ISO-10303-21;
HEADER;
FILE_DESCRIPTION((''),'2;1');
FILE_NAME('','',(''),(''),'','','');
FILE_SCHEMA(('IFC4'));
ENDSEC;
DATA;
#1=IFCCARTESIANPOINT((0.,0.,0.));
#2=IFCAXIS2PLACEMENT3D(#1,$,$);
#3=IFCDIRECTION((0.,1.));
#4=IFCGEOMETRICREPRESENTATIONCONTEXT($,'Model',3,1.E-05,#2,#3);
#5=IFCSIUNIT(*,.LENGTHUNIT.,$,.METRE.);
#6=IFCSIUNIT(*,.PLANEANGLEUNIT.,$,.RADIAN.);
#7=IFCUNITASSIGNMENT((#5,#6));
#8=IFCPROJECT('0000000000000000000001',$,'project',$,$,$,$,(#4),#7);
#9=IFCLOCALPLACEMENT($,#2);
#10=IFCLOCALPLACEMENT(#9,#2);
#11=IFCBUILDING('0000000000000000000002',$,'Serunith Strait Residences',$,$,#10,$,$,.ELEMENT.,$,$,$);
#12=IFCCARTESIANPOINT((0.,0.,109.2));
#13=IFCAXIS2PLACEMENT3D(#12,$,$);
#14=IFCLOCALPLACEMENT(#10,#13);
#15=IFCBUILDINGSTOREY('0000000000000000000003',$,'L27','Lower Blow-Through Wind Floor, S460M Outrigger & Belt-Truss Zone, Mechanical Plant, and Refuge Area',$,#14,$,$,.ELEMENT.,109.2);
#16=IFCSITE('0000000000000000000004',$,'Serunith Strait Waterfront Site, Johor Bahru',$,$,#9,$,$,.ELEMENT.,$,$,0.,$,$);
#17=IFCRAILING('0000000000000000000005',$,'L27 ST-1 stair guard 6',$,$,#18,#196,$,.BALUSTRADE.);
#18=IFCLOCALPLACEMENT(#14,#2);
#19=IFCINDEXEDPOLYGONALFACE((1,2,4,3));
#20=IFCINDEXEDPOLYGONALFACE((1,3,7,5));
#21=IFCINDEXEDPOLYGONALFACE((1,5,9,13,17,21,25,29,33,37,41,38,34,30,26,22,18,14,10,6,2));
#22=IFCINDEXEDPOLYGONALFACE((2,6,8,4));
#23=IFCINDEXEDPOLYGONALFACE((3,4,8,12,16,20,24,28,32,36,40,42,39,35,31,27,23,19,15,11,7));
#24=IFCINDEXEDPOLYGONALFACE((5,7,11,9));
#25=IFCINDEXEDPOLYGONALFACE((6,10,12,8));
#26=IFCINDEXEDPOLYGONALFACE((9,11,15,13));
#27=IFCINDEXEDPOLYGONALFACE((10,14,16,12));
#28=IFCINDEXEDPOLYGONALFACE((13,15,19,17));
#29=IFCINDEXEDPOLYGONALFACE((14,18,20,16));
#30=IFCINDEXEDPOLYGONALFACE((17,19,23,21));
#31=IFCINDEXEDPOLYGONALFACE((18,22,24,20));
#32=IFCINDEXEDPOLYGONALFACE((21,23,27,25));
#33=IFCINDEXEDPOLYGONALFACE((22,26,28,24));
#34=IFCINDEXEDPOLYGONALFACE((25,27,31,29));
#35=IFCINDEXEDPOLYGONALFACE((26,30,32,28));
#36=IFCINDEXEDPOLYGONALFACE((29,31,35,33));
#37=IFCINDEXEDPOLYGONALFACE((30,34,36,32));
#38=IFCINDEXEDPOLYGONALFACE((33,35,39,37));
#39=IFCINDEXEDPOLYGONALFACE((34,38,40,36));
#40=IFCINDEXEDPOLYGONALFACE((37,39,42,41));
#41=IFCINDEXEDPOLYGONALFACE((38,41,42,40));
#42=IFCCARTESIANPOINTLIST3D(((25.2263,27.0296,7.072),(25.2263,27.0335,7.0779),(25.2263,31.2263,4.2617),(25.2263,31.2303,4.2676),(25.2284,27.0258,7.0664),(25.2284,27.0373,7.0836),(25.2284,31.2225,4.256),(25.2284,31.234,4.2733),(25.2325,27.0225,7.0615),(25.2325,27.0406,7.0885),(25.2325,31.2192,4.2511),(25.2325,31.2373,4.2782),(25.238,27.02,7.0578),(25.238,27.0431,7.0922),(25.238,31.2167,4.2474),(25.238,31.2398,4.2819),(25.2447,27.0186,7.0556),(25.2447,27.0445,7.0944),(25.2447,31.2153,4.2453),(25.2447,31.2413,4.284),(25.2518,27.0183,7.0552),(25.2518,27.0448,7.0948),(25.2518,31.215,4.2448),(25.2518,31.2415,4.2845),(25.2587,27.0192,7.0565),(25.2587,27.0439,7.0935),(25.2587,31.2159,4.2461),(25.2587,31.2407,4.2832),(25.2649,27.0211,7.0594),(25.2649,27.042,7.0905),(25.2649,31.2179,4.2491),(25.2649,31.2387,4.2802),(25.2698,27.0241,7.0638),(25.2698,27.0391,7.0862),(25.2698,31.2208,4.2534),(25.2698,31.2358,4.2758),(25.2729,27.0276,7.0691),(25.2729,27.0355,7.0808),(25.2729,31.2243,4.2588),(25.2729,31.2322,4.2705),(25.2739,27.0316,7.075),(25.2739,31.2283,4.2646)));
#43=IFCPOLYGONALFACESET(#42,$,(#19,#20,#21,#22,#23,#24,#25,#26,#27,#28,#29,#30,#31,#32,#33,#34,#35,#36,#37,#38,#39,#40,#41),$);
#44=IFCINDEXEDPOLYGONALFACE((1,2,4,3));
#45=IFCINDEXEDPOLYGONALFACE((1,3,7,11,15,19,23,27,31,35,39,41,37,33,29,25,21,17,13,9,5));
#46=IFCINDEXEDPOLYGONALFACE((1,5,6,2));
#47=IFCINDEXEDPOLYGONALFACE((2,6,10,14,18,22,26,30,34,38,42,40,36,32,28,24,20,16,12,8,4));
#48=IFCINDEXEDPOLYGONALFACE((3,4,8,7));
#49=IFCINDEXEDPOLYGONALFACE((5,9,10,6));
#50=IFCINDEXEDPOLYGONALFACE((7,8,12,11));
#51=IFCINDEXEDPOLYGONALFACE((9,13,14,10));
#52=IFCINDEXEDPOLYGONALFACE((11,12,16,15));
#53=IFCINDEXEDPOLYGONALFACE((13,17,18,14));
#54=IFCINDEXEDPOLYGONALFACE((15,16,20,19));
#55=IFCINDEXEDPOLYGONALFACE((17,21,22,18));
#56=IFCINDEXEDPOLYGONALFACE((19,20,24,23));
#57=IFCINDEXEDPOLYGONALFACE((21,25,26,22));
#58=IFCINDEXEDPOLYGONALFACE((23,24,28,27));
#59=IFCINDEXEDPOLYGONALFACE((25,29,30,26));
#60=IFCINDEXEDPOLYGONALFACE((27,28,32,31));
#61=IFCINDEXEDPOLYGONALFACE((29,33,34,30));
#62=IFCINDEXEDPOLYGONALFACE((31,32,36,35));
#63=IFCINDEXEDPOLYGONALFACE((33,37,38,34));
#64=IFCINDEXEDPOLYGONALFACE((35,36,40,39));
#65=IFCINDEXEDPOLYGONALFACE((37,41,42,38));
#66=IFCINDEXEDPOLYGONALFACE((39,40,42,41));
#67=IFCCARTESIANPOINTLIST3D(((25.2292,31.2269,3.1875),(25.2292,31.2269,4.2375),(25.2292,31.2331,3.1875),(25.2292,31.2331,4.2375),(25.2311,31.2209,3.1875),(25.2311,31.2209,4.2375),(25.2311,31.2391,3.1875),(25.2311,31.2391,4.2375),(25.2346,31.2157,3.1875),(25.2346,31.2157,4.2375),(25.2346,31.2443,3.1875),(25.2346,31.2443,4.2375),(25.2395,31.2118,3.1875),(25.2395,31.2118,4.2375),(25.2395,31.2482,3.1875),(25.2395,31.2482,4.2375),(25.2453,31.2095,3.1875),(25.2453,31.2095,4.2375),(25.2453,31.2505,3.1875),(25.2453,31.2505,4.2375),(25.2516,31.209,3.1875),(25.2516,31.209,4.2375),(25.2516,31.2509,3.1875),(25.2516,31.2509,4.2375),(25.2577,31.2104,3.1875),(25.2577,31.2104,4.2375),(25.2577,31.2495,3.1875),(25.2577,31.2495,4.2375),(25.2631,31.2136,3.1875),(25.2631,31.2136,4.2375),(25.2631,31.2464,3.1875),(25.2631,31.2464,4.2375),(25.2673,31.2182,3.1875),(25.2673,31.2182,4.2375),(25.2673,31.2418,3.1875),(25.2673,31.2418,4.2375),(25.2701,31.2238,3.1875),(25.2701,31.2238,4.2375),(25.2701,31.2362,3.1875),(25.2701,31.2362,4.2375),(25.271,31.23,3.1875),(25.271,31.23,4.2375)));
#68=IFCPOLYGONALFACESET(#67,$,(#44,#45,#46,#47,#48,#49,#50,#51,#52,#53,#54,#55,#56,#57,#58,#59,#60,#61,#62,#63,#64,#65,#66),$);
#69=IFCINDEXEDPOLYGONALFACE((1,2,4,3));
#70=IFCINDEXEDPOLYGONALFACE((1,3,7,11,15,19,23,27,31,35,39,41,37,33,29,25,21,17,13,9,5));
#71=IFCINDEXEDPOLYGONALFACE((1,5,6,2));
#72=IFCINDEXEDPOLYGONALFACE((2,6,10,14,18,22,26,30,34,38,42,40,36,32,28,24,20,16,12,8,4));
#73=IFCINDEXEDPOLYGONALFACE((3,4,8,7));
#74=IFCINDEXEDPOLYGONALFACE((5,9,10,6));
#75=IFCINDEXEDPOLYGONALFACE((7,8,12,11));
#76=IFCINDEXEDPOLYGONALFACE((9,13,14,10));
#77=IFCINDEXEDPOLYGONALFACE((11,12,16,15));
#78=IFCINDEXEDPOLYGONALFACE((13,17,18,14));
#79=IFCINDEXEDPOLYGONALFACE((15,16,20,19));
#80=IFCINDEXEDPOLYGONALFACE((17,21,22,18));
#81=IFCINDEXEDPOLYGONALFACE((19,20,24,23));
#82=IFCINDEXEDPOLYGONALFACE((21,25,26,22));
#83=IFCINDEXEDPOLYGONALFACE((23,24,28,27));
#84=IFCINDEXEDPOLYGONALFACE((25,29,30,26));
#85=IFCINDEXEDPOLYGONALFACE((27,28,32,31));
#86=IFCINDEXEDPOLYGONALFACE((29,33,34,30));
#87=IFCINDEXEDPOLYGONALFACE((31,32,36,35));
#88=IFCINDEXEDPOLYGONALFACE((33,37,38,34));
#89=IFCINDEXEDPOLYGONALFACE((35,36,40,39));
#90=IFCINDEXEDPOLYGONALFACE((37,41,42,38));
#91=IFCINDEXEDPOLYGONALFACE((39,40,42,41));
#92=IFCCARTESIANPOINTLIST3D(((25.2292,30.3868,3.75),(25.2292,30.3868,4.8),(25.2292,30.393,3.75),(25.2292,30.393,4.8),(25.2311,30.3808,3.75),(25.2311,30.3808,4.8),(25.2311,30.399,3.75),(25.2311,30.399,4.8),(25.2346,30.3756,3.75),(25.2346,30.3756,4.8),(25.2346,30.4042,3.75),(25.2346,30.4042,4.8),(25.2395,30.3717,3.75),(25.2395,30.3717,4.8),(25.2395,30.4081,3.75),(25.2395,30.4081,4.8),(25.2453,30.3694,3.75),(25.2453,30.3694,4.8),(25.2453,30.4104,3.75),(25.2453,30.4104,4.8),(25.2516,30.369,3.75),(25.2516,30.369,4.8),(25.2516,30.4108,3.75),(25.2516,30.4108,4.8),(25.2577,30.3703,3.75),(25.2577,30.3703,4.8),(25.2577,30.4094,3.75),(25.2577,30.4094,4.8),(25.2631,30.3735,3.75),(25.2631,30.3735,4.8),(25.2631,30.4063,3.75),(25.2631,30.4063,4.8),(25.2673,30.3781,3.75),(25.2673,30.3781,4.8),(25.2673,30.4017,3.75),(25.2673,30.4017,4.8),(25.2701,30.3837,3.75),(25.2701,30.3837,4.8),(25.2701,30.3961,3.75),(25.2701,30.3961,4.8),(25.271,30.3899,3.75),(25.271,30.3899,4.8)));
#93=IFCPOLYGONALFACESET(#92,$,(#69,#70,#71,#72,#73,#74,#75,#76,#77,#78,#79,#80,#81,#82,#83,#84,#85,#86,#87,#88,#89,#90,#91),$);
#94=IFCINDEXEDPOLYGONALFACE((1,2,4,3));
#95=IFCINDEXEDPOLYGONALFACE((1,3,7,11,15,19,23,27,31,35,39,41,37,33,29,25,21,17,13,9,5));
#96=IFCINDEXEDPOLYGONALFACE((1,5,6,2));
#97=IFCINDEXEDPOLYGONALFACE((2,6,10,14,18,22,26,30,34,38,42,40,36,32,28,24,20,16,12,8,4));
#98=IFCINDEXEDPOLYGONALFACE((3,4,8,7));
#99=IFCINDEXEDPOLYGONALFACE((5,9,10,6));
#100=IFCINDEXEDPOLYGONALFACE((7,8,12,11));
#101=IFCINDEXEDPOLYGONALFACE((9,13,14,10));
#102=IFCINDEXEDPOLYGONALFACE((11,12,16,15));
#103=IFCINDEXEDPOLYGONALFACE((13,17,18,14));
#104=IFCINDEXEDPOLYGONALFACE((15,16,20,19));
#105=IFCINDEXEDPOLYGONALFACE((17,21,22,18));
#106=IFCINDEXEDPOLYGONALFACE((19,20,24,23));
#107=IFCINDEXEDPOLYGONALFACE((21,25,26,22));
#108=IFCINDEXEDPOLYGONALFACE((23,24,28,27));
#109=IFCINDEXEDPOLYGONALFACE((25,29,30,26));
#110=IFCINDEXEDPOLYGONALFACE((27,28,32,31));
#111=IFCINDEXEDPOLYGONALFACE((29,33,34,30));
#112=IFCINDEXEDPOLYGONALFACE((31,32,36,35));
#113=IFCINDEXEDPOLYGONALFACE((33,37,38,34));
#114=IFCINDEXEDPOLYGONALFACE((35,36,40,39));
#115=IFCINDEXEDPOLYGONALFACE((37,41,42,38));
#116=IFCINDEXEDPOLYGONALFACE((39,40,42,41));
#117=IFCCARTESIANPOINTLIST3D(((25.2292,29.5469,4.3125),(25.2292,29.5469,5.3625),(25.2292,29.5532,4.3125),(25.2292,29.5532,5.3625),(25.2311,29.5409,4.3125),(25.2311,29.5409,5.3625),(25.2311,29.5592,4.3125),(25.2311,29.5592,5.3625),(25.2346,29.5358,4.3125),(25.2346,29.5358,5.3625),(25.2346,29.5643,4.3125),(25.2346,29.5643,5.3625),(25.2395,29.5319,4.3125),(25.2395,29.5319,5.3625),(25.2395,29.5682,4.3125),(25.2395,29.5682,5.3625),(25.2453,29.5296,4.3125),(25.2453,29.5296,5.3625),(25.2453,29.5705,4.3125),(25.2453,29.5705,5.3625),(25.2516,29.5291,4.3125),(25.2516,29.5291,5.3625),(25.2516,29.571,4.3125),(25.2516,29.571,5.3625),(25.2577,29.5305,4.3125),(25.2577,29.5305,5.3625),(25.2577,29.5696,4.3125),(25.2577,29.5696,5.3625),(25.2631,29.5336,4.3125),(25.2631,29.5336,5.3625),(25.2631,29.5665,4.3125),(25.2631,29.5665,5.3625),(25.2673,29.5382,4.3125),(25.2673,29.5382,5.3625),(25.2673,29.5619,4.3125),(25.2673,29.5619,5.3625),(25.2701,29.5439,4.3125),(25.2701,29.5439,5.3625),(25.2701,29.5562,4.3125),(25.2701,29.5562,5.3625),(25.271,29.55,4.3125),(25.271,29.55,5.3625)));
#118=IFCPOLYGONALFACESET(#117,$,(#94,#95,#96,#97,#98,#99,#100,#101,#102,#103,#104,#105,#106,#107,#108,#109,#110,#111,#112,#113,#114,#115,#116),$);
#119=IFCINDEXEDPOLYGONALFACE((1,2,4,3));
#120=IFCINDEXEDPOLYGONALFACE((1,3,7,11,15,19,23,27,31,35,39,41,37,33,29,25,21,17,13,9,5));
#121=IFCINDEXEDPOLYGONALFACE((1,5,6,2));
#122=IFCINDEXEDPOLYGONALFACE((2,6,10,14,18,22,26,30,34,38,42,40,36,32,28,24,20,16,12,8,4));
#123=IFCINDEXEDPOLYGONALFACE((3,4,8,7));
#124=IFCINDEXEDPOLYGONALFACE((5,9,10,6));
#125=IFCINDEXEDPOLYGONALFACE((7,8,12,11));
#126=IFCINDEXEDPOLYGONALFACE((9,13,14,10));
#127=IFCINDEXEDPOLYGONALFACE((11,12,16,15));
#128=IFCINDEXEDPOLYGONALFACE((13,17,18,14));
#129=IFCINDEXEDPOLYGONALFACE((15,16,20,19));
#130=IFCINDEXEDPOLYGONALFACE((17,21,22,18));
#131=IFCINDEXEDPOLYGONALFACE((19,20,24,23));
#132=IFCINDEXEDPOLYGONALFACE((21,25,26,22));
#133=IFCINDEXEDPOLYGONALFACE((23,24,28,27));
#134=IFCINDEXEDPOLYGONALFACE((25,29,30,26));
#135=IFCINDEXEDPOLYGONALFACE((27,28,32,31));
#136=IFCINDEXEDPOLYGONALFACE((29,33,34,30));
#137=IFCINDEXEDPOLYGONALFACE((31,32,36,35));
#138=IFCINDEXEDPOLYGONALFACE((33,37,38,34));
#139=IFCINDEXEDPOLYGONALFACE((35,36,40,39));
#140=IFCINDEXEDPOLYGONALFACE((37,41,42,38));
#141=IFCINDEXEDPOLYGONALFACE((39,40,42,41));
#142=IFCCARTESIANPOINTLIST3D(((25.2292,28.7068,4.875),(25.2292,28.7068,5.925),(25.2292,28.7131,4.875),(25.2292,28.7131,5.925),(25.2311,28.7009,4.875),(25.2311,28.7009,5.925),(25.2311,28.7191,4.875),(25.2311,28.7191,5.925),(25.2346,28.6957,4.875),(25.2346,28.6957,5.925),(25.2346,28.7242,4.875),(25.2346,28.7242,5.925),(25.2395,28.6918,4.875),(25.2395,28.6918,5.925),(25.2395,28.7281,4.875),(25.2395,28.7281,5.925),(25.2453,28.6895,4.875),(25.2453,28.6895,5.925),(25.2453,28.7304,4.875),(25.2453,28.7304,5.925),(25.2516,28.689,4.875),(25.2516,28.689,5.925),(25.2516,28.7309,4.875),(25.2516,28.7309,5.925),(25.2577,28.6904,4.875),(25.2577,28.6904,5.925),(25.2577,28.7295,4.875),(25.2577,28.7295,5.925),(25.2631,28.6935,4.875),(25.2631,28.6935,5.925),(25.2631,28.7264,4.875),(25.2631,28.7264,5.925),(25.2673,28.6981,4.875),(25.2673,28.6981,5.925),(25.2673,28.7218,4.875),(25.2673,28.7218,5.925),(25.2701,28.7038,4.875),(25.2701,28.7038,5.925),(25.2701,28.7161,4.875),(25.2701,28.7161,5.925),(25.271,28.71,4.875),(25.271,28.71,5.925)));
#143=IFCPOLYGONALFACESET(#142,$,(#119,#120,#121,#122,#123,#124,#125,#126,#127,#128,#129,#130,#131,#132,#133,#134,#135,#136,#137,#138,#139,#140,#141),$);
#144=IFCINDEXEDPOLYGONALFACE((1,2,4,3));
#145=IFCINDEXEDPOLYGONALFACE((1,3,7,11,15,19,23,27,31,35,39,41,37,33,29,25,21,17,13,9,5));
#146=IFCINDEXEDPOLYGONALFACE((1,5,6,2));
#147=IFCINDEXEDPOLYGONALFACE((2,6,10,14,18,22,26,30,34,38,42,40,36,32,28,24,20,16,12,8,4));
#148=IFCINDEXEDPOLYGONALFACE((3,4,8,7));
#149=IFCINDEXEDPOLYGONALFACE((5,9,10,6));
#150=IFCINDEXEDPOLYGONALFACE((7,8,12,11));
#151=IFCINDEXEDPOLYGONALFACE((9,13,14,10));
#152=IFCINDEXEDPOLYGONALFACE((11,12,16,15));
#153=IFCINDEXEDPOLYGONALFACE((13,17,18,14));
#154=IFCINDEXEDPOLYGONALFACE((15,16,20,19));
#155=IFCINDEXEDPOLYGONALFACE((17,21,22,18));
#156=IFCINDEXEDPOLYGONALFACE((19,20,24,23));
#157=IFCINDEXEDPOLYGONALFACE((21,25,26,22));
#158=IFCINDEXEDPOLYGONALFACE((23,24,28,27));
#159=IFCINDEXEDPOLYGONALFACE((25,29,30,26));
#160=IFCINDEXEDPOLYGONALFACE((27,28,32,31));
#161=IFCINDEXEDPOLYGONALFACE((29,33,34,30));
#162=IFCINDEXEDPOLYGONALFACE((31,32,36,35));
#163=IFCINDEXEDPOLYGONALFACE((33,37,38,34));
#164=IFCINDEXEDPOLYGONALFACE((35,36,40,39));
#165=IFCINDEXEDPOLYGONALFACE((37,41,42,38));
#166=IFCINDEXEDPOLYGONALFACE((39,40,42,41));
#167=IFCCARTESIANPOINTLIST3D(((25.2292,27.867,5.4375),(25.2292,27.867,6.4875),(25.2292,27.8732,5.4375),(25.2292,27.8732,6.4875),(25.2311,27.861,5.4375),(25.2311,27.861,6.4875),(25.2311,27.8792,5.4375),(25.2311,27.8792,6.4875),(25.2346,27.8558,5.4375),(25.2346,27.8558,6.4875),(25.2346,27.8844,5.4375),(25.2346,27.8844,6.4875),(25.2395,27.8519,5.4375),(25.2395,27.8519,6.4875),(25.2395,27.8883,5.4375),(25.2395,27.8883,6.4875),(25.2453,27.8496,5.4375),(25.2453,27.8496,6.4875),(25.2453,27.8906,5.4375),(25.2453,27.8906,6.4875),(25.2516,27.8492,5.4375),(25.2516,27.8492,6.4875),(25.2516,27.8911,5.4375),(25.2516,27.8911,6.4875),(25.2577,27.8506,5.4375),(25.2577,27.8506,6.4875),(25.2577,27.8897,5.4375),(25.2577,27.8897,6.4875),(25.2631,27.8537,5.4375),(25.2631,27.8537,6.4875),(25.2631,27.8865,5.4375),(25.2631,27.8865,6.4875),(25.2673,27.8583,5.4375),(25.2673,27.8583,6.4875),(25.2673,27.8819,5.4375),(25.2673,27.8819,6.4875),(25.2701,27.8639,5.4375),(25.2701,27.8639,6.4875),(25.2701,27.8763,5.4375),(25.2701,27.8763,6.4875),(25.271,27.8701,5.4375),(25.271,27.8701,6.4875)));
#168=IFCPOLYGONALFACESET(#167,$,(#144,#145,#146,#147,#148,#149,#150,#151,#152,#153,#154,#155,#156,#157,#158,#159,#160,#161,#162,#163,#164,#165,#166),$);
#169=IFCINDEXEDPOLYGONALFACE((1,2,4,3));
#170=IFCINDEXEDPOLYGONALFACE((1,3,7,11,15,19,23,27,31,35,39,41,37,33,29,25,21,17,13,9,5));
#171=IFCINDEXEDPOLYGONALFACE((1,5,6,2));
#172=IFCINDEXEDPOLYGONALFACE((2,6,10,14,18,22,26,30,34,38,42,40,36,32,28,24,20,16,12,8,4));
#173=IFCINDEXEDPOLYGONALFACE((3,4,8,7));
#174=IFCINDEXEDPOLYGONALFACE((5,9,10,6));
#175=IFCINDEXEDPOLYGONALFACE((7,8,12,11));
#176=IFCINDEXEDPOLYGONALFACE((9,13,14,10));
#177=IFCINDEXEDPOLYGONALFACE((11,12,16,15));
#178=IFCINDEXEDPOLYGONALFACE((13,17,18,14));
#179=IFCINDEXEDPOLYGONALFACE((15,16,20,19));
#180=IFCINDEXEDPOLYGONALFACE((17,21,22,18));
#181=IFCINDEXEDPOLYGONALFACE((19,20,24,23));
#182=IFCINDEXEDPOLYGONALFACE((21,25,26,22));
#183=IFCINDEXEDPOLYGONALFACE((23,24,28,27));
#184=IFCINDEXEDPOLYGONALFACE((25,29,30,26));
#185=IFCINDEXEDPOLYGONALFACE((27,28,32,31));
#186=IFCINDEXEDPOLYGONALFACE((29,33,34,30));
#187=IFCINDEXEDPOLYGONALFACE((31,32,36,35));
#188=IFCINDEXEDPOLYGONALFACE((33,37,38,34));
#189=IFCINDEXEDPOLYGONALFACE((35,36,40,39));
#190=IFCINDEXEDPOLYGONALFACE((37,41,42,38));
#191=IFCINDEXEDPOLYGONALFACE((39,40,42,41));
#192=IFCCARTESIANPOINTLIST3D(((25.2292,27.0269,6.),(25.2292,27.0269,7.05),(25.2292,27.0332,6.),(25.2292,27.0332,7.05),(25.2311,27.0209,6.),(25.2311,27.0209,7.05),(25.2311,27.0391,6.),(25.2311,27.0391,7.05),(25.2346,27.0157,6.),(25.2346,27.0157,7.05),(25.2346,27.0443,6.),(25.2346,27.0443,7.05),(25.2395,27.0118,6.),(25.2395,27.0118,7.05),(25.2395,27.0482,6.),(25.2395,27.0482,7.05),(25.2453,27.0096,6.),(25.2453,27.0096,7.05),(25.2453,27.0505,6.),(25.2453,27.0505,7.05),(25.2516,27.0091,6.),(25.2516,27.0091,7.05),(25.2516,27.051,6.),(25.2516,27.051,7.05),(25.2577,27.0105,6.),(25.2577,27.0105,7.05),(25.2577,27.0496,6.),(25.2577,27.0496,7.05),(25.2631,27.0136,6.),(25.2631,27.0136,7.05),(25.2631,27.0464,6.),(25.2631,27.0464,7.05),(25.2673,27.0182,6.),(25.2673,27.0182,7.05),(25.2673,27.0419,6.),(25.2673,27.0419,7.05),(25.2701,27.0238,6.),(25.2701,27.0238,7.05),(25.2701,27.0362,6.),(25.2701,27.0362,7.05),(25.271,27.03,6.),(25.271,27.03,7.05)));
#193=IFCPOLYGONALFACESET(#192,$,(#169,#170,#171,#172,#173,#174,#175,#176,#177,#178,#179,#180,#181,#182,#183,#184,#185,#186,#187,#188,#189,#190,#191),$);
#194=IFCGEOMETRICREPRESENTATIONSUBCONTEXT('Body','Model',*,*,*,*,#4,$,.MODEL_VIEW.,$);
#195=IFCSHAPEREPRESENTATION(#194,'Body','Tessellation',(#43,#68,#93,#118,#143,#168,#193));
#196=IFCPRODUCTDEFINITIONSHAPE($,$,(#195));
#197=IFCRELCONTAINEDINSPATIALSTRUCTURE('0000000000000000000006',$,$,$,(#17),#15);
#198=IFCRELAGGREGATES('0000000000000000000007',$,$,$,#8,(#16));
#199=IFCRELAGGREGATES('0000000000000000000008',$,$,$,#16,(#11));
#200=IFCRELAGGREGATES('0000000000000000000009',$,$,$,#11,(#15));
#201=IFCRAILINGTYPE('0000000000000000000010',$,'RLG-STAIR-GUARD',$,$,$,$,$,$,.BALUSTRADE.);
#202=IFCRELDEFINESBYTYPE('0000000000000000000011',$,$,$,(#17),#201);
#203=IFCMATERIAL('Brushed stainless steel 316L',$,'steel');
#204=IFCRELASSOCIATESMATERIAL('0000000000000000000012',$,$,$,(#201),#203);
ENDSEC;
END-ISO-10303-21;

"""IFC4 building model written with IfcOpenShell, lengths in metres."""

from ifc_helpers import new_model, si_unit, direction, frame, origin, origin_2d, place, context, subcontext, project, spatial, circle, extrude, material, type_object, element, save


model = new_model("IFC4")

# Units and contexts
model_context = context("Model", 3, precision=1e-05, world=origin(), true_north=direction((0.0, 1.0)))
body_context = subcontext(model_context, "Body", "Model", "MODEL_VIEW")
ifc_project = project(units=[si_unit("LENGTHUNIT", "METRE"), si_unit("PLANEANGLEUNIT", "RADIAN")], contexts=[model_context])

# Site, building, storey
site_placement = place(None, origin())
site = spatial("IfcSite", under=ifc_project, at=site_placement, Name="Serunith Strait Waterfront Site, Johor Bahru", CompositionType="ELEMENT", RefElevation=0.0)
building_placement = place(site_placement, origin())
building = spatial("IfcBuilding", under=site, at=building_placement, Name="Serunith Strait Residences", CompositionType="ELEMENT")
storey_placement = place(building_placement, frame((0.0, 0.0, 109.2)))
storey = spatial("IfcBuildingStorey", under=building, at=storey_placement, Name="L27", Description="Lower Blow-Through Wind Floor, S460M Outrigger & Belt-Truss Zone, Mechanical Plant, and Refuge Area", CompositionType="ELEMENT", Elevation=109.2)

# Railing
ifc_material_1 = material(Name="Brushed stainless steel 316L", Category="steel")
railing_type_1 = type_object("IfcRailingType", Name="RLG-STAIR-GUARD", PredefinedType="BALUSTRADE", material=ifc_material_1)
railing_1_placement = place(storey_placement, frame((25.25, 31.23, 3.1875)))
element("IfcRailing", 1, at=railing_1_placement, inside=storey, type_object=railing_type_1, Name="L27 ST-1 stair guard 6", PredefinedType="BALUSTRADE", context=body_context, shape_type="SweptSolid", body=[
    extrude(circle(Radius=0.0239, at=origin_2d()), frame((0.0, -0.0017, 1.0771), z_axis=(0.0, -0.830904, 0.556416), x_axis=(1.0, 0.0, 0.0)), (0.0, 0.0, 1.0), 5.0508),
    extrude(circle(Radius=0.021, at=origin_2d()), origin(), (0.0, 0.0, 1.0), 1.05),
    extrude(circle(Radius=0.021, at=origin_2d()), frame((0.0, -0.8401, 0.5625)), (0.0, 0.0, 1.0), 1.05),
    extrude(circle(Radius=0.021, at=origin_2d()), frame((0.0, -1.6799, 1.125)), (0.0, 0.0, 1.0), 1.05),
    extrude(circle(Radius=0.021, at=origin_2d()), frame((0.0, -2.52, 1.6875)), (0.0, 0.0, 1.0), 1.05),
    extrude(circle(Radius=0.021, at=origin_2d()), frame((0.0, -3.3599, 2.25)), (0.0, 0.0, 1.0), 1.05),
    extrude(circle(Radius=0.021, at=origin_2d()), frame((0.0, -4.2, 2.8125)), (0.0, 0.0, 1.0), 1.05),
])

save(model, "model.ifc")
